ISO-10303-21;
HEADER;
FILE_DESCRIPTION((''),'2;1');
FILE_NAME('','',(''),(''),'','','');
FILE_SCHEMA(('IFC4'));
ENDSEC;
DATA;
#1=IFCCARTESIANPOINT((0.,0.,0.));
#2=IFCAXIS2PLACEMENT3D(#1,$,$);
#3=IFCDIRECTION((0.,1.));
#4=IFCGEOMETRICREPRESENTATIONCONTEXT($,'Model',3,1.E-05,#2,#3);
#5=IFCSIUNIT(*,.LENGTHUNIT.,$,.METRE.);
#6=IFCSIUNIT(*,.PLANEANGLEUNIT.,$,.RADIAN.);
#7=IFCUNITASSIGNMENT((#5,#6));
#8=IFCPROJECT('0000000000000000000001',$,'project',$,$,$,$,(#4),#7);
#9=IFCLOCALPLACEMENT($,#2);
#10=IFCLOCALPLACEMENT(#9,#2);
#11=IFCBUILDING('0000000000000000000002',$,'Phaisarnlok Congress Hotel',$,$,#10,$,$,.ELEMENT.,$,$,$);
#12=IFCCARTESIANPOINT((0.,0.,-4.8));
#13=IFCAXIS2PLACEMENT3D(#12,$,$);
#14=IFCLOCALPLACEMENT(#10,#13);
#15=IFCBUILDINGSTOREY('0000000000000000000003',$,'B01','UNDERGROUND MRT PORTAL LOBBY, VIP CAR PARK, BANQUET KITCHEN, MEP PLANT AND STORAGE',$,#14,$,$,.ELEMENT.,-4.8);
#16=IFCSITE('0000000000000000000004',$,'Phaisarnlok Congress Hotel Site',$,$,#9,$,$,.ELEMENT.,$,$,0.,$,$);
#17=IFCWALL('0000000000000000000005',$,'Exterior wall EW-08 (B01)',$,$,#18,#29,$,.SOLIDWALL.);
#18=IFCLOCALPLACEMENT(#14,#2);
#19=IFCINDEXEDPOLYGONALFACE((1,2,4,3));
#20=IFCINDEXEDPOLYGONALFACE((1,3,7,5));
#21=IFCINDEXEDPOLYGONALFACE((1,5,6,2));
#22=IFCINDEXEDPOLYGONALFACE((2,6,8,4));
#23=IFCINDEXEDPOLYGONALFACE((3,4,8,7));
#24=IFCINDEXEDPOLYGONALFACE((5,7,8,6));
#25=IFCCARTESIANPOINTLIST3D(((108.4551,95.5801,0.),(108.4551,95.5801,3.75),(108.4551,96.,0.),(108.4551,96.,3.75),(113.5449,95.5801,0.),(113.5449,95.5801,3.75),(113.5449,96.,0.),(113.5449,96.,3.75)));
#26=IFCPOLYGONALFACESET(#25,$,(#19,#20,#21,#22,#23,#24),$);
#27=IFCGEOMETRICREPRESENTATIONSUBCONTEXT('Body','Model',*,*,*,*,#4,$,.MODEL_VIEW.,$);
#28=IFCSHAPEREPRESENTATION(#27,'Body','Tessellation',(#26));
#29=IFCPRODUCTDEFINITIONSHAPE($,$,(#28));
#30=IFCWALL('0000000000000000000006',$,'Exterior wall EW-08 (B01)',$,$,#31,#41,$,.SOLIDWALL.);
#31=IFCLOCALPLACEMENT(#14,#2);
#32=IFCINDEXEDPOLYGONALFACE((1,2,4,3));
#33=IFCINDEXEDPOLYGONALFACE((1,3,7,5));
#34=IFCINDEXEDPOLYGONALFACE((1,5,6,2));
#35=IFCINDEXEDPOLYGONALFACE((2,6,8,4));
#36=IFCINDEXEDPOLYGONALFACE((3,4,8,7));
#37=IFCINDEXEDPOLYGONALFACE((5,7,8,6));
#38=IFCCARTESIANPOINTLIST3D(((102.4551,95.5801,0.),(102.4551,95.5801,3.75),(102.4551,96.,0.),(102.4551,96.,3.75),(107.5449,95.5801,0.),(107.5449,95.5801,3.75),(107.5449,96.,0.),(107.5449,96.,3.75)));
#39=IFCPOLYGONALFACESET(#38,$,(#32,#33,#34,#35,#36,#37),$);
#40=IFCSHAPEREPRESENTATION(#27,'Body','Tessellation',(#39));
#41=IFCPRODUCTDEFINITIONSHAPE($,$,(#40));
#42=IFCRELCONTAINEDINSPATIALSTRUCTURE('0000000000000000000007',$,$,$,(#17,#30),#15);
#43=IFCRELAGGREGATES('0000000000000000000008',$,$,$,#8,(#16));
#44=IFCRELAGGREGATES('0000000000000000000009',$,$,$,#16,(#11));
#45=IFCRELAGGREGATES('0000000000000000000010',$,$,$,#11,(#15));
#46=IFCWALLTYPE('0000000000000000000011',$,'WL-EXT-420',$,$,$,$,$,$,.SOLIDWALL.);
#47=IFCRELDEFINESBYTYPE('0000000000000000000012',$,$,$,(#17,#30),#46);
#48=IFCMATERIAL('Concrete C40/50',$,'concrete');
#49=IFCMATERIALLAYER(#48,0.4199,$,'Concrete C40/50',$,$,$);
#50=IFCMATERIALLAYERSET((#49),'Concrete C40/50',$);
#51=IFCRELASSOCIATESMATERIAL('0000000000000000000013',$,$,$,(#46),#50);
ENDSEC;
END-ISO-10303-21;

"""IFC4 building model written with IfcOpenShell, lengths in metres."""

from ifc_helpers import new_model, si_unit, direction, frame, frame_2d, origin, place, context, subcontext, project, spatial, rectangle, extrude, material, layer, layer_set, type_object, element, save


model = new_model("IFC4")

# Units and contexts
model_context = context("Model", 3, precision=1e-05, world=origin(), true_north=direction((0.0, 1.0)))
body_context = subcontext(model_context, "Body", "Model", "MODEL_VIEW")
ifc_project = project(units=[si_unit("LENGTHUNIT", "METRE"), si_unit("PLANEANGLEUNIT", "RADIAN")], contexts=[model_context])

# Site, building, storey
site_placement = place(None, origin())
site = spatial("IfcSite", under=ifc_project, at=site_placement, Name="Phaisarnlok Congress Hotel Site", CompositionType="ELEMENT", RefElevation=0.0)
building_placement = place(site_placement, origin())
building = spatial("IfcBuilding", under=site, at=building_placement, Name="Phaisarnlok Congress Hotel", CompositionType="ELEMENT")
storey_placement = place(building_placement, frame((0.0, 0.0, -4.8)))
storey = spatial("IfcBuildingStorey", under=building, at=storey_placement, Name="B01", Description="UNDERGROUND MRT PORTAL LOBBY, VIP CAR PARK, BANQUET KITCHEN, MEP PLANT AND STORAGE", CompositionType="ELEMENT", Elevation=-4.8)

# Shared definitions
ifc_material_1 = material(Name="Concrete C40/50", Category="concrete")

# Walls
ifc_layer = layer(ifc_material_1, 0.4199, Name="Concrete C40/50")
ifc_layer_set = layer_set([ifc_layer], Name="Concrete C40/50")
wall_type = type_object("IfcWallType", Name="WL-EXT-420", PredefinedType="SOLIDWALL", material=ifc_layer_set)
for number, where, z_axis, x_axis, name in (
    (1, (113.5449, 95.79, 0.0), (0.0, 0.0, 1.0), (-1.0, 0.0, 0.0), "Exterior wall EW-08 (B01)"),
    (2, (107.5449, 95.79, 0.0), (0.0, 0.0, 1.0), (-1.0, 0.0, 0.0), "Exterior wall EW-08 (B01)"),
):
    element("IfcWall", number, at=place(storey_placement, frame(where, z_axis=z_axis, x_axis=x_axis)), inside=storey, type_object=wall_type, Name=name, PredefinedType="SOLIDWALL", context=body_context, shape_type="SweptSolid", body=[
        extrude(rectangle(XDim=5.0898, YDim=0.4199, at=frame_2d((2.5449, 0.0))), origin(), (0.0, 0.0, 1.0), 3.75),
    ])

save(model, "model.ifc")
